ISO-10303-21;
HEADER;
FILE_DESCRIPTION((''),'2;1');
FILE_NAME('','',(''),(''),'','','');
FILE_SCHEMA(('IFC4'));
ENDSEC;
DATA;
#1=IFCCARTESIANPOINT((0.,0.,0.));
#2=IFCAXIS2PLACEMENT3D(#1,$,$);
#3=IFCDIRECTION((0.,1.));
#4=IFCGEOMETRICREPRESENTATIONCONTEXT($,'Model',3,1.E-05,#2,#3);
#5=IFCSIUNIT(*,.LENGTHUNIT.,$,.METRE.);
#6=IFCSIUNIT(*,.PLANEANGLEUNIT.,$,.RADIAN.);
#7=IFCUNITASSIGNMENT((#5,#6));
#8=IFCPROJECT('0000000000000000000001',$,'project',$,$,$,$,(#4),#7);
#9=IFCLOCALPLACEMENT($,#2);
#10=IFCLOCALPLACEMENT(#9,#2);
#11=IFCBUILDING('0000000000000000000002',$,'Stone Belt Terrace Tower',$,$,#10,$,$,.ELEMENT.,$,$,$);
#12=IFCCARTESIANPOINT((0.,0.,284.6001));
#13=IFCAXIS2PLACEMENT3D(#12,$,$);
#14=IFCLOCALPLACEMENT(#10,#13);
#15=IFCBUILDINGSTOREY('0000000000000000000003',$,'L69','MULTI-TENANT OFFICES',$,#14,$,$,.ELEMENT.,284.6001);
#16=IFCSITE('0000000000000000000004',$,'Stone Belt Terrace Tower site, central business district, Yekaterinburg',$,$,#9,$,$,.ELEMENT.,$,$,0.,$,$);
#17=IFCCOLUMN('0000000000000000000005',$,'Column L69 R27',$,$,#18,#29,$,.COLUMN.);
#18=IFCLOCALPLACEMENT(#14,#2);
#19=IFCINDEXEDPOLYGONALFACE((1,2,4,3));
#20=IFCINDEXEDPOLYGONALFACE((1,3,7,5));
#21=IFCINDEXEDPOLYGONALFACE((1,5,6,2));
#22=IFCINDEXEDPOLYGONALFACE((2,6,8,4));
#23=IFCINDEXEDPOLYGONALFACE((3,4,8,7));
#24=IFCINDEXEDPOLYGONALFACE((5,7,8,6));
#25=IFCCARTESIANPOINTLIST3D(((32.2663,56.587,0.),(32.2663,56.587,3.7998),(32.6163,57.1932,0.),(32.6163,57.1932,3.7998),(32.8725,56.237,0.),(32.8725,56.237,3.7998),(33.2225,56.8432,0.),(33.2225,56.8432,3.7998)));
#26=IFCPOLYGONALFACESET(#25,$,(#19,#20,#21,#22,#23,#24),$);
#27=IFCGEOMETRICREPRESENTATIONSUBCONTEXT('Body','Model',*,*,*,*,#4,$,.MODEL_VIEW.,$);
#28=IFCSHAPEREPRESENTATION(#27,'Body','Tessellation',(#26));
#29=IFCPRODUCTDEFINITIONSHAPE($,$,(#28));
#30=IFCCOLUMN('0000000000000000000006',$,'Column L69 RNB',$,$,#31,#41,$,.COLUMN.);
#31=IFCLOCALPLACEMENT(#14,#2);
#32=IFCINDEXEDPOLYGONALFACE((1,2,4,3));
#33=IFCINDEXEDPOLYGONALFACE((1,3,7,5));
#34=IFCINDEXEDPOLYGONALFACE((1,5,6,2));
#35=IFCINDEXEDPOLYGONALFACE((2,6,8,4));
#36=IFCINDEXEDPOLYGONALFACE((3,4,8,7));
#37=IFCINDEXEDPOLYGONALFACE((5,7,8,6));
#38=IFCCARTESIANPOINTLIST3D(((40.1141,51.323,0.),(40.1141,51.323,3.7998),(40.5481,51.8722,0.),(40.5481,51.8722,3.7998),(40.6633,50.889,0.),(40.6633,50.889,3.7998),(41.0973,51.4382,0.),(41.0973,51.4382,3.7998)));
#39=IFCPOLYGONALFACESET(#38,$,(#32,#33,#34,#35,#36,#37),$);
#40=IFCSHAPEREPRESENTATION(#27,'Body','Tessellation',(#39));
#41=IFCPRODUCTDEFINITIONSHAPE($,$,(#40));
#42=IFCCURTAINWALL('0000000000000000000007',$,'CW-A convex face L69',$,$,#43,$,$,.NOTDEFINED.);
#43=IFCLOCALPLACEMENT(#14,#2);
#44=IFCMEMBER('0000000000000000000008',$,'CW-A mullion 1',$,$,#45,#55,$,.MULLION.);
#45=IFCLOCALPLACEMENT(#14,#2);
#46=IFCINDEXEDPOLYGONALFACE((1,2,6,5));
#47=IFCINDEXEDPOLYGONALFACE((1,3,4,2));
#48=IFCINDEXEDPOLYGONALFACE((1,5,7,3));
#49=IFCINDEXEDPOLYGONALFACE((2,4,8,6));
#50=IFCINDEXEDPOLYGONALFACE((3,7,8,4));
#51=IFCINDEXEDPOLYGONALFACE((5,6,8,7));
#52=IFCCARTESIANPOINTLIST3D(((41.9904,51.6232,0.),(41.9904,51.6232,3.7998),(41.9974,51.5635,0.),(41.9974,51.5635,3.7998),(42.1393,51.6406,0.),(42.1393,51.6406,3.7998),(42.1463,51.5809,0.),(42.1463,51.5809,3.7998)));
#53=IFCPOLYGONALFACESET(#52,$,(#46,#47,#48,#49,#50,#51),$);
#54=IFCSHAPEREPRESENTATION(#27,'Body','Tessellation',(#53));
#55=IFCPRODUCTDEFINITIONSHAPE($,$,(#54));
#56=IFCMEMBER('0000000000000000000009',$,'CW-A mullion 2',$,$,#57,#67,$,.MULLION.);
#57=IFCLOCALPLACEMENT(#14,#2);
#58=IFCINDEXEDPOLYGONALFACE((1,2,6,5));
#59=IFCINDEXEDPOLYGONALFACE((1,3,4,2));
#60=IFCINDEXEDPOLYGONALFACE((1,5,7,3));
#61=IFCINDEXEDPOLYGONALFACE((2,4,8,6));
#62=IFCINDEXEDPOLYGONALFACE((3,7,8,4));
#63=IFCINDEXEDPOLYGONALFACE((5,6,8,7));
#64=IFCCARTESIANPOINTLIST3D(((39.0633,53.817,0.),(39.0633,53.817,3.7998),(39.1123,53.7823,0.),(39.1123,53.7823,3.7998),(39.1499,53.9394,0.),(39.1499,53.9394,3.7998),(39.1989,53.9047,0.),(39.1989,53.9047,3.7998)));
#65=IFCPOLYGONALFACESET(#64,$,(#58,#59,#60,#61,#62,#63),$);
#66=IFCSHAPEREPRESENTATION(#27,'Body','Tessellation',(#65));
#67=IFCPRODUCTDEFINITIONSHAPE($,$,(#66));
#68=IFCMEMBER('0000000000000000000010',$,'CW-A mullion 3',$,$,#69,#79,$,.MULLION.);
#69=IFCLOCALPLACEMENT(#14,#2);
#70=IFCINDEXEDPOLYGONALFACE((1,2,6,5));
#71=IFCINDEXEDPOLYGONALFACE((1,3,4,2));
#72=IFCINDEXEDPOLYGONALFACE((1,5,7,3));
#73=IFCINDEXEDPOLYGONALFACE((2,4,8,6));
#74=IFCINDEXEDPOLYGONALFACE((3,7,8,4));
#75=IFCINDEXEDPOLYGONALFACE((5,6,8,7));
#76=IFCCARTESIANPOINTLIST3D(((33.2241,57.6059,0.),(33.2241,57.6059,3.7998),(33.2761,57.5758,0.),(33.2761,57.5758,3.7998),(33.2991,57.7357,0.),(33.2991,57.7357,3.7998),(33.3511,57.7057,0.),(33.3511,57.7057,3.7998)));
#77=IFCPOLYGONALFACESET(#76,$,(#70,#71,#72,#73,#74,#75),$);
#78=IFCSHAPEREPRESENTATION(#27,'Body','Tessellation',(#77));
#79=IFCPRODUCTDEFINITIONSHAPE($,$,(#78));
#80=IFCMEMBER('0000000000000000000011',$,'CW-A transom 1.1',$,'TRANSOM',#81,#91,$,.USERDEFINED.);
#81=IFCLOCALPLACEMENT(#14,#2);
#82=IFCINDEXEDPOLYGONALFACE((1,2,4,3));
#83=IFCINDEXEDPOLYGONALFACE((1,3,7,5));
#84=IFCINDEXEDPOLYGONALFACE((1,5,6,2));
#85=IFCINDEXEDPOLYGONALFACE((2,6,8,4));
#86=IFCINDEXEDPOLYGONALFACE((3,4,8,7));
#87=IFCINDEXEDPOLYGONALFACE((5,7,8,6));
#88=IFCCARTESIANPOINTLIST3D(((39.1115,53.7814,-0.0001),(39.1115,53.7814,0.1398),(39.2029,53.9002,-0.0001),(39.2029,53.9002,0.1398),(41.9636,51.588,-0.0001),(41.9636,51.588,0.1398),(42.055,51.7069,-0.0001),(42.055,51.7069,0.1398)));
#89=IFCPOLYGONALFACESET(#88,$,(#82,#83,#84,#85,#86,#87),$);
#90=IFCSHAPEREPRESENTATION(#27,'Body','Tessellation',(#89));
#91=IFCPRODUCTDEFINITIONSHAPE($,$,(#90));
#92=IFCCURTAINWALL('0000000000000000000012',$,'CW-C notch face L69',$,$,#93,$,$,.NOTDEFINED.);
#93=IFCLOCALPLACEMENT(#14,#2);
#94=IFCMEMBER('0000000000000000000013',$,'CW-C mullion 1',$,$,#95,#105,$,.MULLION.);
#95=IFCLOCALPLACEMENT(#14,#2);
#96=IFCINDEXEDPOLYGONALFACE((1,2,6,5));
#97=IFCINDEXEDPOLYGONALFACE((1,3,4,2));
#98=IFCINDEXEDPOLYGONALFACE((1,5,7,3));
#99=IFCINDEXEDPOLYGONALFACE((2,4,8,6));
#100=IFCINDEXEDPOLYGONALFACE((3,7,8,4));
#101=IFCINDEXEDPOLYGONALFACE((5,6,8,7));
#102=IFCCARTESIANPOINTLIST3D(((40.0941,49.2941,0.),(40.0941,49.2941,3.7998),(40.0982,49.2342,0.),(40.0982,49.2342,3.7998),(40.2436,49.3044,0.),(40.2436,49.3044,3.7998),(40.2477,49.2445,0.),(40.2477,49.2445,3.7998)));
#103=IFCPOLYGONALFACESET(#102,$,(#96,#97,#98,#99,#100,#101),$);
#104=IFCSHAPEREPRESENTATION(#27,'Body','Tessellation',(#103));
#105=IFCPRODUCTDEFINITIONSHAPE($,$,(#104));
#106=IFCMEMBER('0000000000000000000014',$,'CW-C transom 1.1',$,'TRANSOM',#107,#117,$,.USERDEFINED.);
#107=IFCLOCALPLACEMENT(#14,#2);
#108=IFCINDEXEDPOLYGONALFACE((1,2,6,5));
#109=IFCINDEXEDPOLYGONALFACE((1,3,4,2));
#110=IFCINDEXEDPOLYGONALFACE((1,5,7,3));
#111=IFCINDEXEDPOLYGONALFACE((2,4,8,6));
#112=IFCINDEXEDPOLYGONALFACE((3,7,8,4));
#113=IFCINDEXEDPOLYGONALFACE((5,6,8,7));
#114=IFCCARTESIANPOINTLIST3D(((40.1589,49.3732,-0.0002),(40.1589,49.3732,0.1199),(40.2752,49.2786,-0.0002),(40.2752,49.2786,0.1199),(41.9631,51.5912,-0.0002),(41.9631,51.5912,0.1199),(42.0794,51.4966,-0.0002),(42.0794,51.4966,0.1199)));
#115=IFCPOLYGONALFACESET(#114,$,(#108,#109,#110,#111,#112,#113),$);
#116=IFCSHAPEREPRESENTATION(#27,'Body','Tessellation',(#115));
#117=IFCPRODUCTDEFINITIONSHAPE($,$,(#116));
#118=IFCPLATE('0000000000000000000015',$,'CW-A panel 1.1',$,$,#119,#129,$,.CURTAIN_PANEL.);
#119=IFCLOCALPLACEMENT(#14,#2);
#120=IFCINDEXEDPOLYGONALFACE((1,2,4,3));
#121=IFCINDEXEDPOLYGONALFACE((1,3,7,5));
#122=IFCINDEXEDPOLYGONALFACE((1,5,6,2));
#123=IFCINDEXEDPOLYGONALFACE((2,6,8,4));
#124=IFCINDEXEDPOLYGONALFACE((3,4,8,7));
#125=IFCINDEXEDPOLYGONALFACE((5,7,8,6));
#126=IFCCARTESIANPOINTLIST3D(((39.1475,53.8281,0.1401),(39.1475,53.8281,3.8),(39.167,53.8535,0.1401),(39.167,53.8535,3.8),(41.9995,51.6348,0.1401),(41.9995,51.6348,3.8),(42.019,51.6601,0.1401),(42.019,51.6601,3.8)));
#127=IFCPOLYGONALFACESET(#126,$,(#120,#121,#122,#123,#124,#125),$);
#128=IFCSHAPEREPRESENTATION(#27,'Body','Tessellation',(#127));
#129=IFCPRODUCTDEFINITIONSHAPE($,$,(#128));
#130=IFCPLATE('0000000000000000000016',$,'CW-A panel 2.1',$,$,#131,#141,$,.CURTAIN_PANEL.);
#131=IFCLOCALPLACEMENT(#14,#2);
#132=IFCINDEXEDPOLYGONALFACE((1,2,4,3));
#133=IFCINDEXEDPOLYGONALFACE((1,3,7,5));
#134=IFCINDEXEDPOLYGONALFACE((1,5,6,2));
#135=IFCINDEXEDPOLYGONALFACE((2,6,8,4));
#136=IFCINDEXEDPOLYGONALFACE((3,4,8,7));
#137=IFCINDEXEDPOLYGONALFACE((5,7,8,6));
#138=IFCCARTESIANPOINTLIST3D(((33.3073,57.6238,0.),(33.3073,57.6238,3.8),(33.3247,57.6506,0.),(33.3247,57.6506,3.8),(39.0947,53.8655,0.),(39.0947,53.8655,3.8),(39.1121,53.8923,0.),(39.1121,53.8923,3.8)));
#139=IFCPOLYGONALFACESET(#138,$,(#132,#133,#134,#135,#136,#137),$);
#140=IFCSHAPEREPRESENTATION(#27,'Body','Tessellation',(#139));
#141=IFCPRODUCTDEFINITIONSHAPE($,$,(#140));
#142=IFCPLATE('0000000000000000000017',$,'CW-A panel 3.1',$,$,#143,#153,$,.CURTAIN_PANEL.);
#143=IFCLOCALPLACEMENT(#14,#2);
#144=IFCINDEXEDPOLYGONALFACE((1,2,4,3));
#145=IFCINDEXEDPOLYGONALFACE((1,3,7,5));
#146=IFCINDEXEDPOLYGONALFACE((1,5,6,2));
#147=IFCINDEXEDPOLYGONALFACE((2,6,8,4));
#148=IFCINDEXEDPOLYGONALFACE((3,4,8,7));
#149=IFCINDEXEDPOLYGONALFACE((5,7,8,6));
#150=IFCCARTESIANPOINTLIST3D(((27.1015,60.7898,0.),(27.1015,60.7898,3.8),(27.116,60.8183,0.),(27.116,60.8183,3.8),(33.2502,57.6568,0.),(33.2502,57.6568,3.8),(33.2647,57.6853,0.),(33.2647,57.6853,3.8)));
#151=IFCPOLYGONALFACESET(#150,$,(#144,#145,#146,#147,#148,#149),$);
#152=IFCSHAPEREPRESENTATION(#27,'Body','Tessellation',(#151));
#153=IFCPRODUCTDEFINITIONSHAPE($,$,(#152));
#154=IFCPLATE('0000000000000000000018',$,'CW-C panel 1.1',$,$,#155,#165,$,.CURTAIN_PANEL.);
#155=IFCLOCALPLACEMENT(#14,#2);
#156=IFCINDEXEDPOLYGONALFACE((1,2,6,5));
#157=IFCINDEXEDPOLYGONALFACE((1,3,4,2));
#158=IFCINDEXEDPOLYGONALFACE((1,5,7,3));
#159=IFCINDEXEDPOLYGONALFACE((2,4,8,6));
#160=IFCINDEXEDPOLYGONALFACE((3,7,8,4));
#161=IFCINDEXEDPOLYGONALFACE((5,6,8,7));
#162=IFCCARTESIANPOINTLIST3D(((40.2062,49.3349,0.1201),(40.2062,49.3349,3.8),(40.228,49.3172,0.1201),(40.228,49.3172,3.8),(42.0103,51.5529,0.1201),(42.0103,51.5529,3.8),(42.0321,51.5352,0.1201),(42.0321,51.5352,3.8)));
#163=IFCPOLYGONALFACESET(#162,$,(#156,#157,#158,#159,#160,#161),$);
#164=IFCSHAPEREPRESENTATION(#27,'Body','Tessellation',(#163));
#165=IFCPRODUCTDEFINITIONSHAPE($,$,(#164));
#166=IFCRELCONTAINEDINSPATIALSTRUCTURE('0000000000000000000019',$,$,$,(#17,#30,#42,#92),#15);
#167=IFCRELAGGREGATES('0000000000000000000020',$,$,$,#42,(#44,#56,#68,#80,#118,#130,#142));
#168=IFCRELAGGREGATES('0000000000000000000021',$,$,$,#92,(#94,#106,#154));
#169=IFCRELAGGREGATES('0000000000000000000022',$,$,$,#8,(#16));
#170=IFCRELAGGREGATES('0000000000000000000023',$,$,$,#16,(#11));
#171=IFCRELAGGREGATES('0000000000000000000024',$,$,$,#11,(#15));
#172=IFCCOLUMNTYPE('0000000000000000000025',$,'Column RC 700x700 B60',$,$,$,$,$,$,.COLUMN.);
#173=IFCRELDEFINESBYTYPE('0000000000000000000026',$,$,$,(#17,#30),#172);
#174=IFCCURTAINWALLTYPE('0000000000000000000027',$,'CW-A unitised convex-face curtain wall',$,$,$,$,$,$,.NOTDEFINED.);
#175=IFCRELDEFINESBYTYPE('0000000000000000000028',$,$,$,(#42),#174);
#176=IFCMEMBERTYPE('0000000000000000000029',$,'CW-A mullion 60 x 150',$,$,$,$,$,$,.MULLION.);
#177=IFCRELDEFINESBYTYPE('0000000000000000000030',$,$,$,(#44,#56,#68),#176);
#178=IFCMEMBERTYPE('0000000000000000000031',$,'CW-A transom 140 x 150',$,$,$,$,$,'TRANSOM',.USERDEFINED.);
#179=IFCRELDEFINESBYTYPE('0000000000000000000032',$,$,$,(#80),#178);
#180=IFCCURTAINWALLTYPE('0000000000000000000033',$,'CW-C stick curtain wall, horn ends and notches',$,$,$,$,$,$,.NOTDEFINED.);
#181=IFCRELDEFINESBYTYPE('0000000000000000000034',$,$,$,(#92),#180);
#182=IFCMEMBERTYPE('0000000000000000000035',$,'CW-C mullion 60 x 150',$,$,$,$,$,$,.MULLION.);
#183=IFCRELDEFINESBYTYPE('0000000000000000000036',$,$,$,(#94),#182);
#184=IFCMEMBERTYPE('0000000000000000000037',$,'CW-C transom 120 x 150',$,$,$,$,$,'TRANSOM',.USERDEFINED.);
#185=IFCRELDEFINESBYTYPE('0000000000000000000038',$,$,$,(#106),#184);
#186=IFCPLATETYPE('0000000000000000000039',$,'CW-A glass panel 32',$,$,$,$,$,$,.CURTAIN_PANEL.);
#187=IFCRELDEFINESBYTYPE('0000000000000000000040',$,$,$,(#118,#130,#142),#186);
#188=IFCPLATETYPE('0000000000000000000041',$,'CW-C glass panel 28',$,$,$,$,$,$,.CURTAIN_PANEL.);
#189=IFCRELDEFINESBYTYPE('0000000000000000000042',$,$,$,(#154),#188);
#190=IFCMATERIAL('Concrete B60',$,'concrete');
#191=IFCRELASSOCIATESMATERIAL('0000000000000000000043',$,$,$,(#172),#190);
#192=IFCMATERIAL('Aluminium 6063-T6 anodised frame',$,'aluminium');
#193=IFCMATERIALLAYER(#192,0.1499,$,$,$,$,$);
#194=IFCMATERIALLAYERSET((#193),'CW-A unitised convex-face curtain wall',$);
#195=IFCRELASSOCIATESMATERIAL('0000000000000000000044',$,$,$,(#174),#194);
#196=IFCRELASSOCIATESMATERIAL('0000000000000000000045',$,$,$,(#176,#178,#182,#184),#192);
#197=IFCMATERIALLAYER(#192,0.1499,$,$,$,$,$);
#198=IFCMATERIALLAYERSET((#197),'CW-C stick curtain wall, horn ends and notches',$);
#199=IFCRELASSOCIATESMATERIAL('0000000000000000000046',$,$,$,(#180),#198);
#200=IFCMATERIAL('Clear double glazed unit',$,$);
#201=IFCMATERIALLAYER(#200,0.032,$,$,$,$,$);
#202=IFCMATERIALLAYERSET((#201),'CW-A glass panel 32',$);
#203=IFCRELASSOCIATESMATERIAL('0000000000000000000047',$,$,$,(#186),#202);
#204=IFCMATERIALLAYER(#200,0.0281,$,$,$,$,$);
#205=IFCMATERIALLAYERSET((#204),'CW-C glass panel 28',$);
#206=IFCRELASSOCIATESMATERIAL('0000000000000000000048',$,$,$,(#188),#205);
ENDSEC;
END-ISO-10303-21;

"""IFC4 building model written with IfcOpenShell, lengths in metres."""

from ifc_helpers import new_model, si_unit, direction, frame, origin, origin_2d, place, context, subcontext, project, spatial, rectangle, extrude, material, layer, layer_set, material_profile, profile_set, type_object, element, aggregate, save


model = new_model("IFC4")

# Units and contexts
model_context = context("Model", 3, precision=1e-05, world=origin(), true_north=direction((0.0, 1.0)))
body_context = subcontext(model_context, "Body", "Model", "MODEL_VIEW")
ifc_project = project(units=[si_unit("LENGTHUNIT", "METRE"), si_unit("PLANEANGLEUNIT", "RADIAN")], contexts=[model_context])

# Site, building, storey
site_placement = place(None, origin())
site = spatial("IfcSite", under=ifc_project, at=site_placement, Name="Stone Belt Terrace Tower site, central business district, Yekaterinburg", CompositionType="ELEMENT", RefElevation=0.0)
building_placement = place(site_placement, origin())
building = spatial("IfcBuilding", under=site, at=building_placement, Name="Stone Belt Terrace Tower", CompositionType="ELEMENT")
storey_placement = place(building_placement, frame((0.0, 0.0, 284.6001)))
storey = spatial("IfcBuildingStorey", under=building, at=storey_placement, Name="L69", Description="MULTI-TENANT OFFICES", CompositionType="ELEMENT", Elevation=284.6001)

# Columns
ifc_material_1 = material(Name="Concrete B60", Category="concrete")
ifc_material_profile_1 = material_profile(ifc_material_1, rectangle(XDim=0.7, YDim=0.7, at=origin_2d()), Name="RC 700x700")
ifc_profile_set_1 = profile_set([ifc_material_profile_1], Name="Concrete B60")
column_type = type_object("IfcColumnType", Name="Column RC 700x700 B60", PredefinedType="COLUMN", material=ifc_profile_set_1)
for number, where, z_axis, x_axis, name in (
    (1, (32.7444, 56.7151, 0.0), (0.0, 0.0, 1.0), (0.866025, -0.5, 0.0), "Column L69 R27"),
    (2, (40.6057, 51.3806, 0.0), (0.0, 0.0, 1.0), (0.78457, -0.620041, 0.0), "Column L69 RNB"),
):
    element("IfcColumn", number, at=place(storey_placement, frame(where, z_axis=z_axis, x_axis=x_axis)), inside=storey, type_object=column_type, Name=name, PredefinedType="COLUMN", context=body_context, shape_type="SweptSolid", body=[
        extrude(rectangle(XDim=0.7, YDim=0.7, at=origin_2d()), origin(), (0.0, 0.0, 1.0), 3.7998),
    ])

# Curtain walls, members
ifc_material_2 = material(Name="Aluminium 6063-T6 anodised frame", Category="aluminium")
ifc_layer_1 = layer(ifc_material_2, 0.1499)
ifc_layer_set_1 = layer_set([ifc_layer_1], Name="CW-A unitised convex-face curtain wall")
curtain_wall_type_1 = type_object("IfcCurtainWallType", Name="CW-A unitised convex-face curtain wall", PredefinedType="NOTDEFINED", material=ifc_layer_set_1)
curtain_wall_1_placement = place(storey_placement, origin())
curtain_wall_1 = element("IfcCurtainWall", 3, at=curtain_wall_1_placement, inside=storey, type_object=curtain_wall_type_1, Name="CW-A convex face L69", PredefinedType="NOTDEFINED")
ifc_material_profile_2 = material_profile(ifc_material_2, rectangle(XDim=0.1499, YDim=0.0601, at=origin_2d()), Name="Aluminium 6063-T6 60x150")
ifc_profile_set_2 = profile_set([ifc_material_profile_2], Name="Aluminium 6063-T6 anodised frame")
member_type_1 = type_object("IfcMemberType", Name="CW-A mullion 60 x 150", PredefinedType="MULLION", material=ifc_profile_set_2)
member_1_placement = place(storey_placement, frame((42.0684, 51.6021, 0.0), z_axis=(0.0, 0.0, 1.0), x_axis=(-0.993258, -0.115925, 0.0)))
member_1 = element("IfcMember", 4, at=member_1_placement, type_object=member_type_1, Name="CW-A mullion 1", PredefinedType="MULLION", context=body_context, shape_type="SweptSolid", body=[
    extrude(rectangle(XDim=0.1499, YDim=0.0601, at=origin_2d()), origin(), (0.0, 0.0, 1.0), 3.7998),
])
member_2_placement = place(storey_placement, frame((39.1311, 53.8608, 0.0), z_axis=(0.0, 0.0, 1.0), x_axis=(-0.577587, -0.816329, 0.0)))
member_2 = element("IfcMember", 5, at=member_2_placement, type_object=member_type_1, Name="CW-A mullion 2", PredefinedType="MULLION", context=body_context, shape_type="SweptSolid", body=[
    extrude(rectangle(XDim=0.1499, YDim=0.0601, at=origin_2d()), origin(), (0.0, 0.0, 1.0), 3.7998),
])
member_3_placement = place(storey_placement, frame((33.2876, 57.6558, 0.0), z_axis=(0.0, 0.0, 1.0), x_axis=(-0.5, -0.866025, 0.0)))
member_3 = element("IfcMember", 6, at=member_3_placement, type_object=member_type_1, Name="CW-A mullion 3", PredefinedType="MULLION", context=body_context, shape_type="SweptSolid", body=[
    extrude(rectangle(XDim=0.1499, YDim=0.0601, at=origin_2d()), origin(), (0.0, 0.0, 1.0), 3.7998),
])
ifc_material_profile_3 = material_profile(ifc_material_2, rectangle(XDim=0.1499, YDim=0.1399, at=origin_2d()), Name="Aluminium 6063-T6 150x140")
ifc_profile_set_3 = profile_set([ifc_material_profile_3], Name="Aluminium 6063-T6 anodised frame")
member_type_2 = type_object("IfcMemberType", Name="CW-A transom 140 x 150", ElementType="TRANSOM", PredefinedType="USERDEFINED", material=ifc_profile_set_3)
member_4_placement = place(storey_placement, frame((42.0093, 51.6475, 0.0698), z_axis=(-0.792695, 0.609619, 0.0), x_axis=(-0.609619, -0.792695, 0.0)))
member_4 = element("IfcMember", 7, at=member_4_placement, type_object=member_type_2, Name="CW-A transom 1.1", ObjectType="TRANSOM", PredefinedType="USERDEFINED", context=body_context, shape_type="SweptSolid", body=[
    extrude(rectangle(XDim=0.1499, YDim=0.1399, at=origin_2d()), origin(), (0.0, 0.0, 1.0), 3.5979),
])
ifc_layer_2 = layer(ifc_material_2, 0.1499)
ifc_layer_set_2 = layer_set([ifc_layer_2], Name="CW-C stick curtain wall, horn ends and notches")
curtain_wall_type_2 = type_object("IfcCurtainWallType", Name="CW-C stick curtain wall, horn ends and notches", PredefinedType="NOTDEFINED", material=ifc_layer_set_2)
curtain_wall_2_placement = place(storey_placement, origin())
curtain_wall_2 = element("IfcCurtainWall", 8, at=curtain_wall_2_placement, inside=storey, type_object=curtain_wall_type_2, Name="CW-C notch face L69", PredefinedType="NOTDEFINED")
ifc_material_profile_4 = material_profile(ifc_material_2, rectangle(XDim=0.1499, YDim=0.0601, at=origin_2d()), Name="Aluminium 6063-T6 60x150")
ifc_profile_set_4 = profile_set([ifc_material_profile_4], Name="Aluminium 6063-T6 anodised frame")
member_type_3 = type_object("IfcMemberType", Name="CW-C mullion 60 x 150", PredefinedType="MULLION", material=ifc_profile_set_4)
member_5_placement = place(storey_placement, frame((40.1709, 49.2693, 0.0), z_axis=(0.0, 0.0, 1.0), x_axis=(-0.99764, -0.068666, 0.0)))
member_5 = element("IfcMember", 9, at=member_5_placement, type_object=member_type_3, Name="CW-C mullion 1", PredefinedType="MULLION", context=body_context, shape_type="SweptSolid", body=[
    extrude(rectangle(XDim=0.1499, YDim=0.0601, at=origin_2d()), origin(), (0.0, 0.0, 1.0), 3.7998),
])
ifc_material_profile_5 = material_profile(ifc_material_2, rectangle(XDim=0.1499, YDim=0.1201, at=origin_2d()), Name="Aluminium 6063-T6 150x120")
ifc_profile_set_5 = profile_set([ifc_material_profile_5], Name="Aluminium 6063-T6 anodised frame")
member_type_4 = type_object("IfcMemberType", Name="CW-C transom 120 x 150", ElementType="TRANSOM", PredefinedType="USERDEFINED", material=ifc_profile_set_5)
member_6_placement = place(storey_placement, frame((40.217, 49.3259, 0.0598), z_axis=(0.631027, 0.775761, 0.0), x_axis=(-0.775761, 0.631027, 0.0)))
member_6 = element("IfcMember", 10, at=member_6_placement, type_object=member_type_4, Name="CW-C transom 1.1", ObjectType="TRANSOM", PredefinedType="USERDEFINED", context=body_context, shape_type="SweptSolid", body=[
    extrude(rectangle(XDim=0.1499, YDim=0.1201, at=origin_2d()), origin(), (0.0, 0.0, 1.0), 2.8591),
])

# Plates
ifc_material_3 = material(Name="Clear double glazed unit")
ifc_layer_3 = layer(ifc_material_3, 0.032)
ifc_layer_set_3 = layer_set([ifc_layer_3], Name="CW-A glass panel 32")
plate_type_1 = type_object("IfcPlateType", Name="CW-A glass panel 32", PredefinedType="CURTAIN_PANEL", material=ifc_layer_set_3)
plate_1_placement = place(storey_placement, frame((40.5833, 52.7441, 0.1401), z_axis=(0.0, 0.0, 1.0), x_axis=(-0.792694, 0.60962, 0.0)))
plate_1 = element("IfcPlate", 11, at=plate_1_placement, type_object=plate_type_1, Name="CW-A panel 1.1", PredefinedType="CURTAIN_PANEL", context=body_context, shape_type="SweptSolid", body=[
    extrude(rectangle(XDim=3.5979, YDim=0.032, at=origin_2d()), origin(), (0.0, 0.0, 1.0), 3.6599),
])
plate_2_placement = place(storey_placement, frame((36.2097, 55.7581, 0.0), z_axis=(0.0, 0.0, 1.0), x_axis=(-0.838671, 0.544639, 0.0)))
plate_2 = element("IfcPlate", 12, at=plate_2_placement, type_object=plate_type_1, Name="CW-A panel 2.1", PredefinedType="CURTAIN_PANEL", context=body_context, shape_type="SweptSolid", body=[
    extrude(rectangle(XDim=6.9006, YDim=0.032, at=origin_2d()), origin(), (0.0, 0.0, 1.0), 3.8),
])
plate_3_placement = place(storey_placement, frame((30.1831, 59.2375, 0.0), z_axis=(0.0, 0.0, 1.0), x_axis=(-0.891007, 0.45399, 0.0)))
plate_3 = element("IfcPlate", 13, at=plate_3_placement, type_object=plate_type_1, Name="CW-A panel 3.1", PredefinedType="CURTAIN_PANEL", context=body_context, shape_type="SweptSolid", body=[
    extrude(rectangle(XDim=6.9009, YDim=0.032, at=origin_2d()), origin(), (0.0, 0.0, 1.0), 3.8),
])
aggregate(curtain_wall_1, [member_1, member_2, member_3, member_4, plate_1, plate_2, plate_3])
ifc_layer_4 = layer(ifc_material_3, 0.0281)
ifc_layer_set_4 = layer_set([ifc_layer_4], Name="CW-C glass panel 28")
plate_type_2 = type_object("IfcPlateType", Name="CW-C glass panel 28", PredefinedType="CURTAIN_PANEL", material=ifc_layer_set_4)
plate_4_placement = place(storey_placement, frame((41.1191, 50.4351, 0.1201), z_axis=(0.0, 0.0, 1.0), x_axis=(0.631001, 0.775782, 0.0)))
plate_4 = element("IfcPlate", 14, at=plate_4_placement, type_object=plate_type_2, Name="CW-C panel 1.1", PredefinedType="CURTAIN_PANEL", context=body_context, shape_type="SweptSolid", body=[
    extrude(rectangle(XDim=2.8591, YDim=0.0281, at=origin_2d()), origin(), (0.0, 0.0, 1.0), 3.6799),
])
aggregate(curtain_wall_2, [member_5, member_6, plate_4])

save(model, "model.ifc")
